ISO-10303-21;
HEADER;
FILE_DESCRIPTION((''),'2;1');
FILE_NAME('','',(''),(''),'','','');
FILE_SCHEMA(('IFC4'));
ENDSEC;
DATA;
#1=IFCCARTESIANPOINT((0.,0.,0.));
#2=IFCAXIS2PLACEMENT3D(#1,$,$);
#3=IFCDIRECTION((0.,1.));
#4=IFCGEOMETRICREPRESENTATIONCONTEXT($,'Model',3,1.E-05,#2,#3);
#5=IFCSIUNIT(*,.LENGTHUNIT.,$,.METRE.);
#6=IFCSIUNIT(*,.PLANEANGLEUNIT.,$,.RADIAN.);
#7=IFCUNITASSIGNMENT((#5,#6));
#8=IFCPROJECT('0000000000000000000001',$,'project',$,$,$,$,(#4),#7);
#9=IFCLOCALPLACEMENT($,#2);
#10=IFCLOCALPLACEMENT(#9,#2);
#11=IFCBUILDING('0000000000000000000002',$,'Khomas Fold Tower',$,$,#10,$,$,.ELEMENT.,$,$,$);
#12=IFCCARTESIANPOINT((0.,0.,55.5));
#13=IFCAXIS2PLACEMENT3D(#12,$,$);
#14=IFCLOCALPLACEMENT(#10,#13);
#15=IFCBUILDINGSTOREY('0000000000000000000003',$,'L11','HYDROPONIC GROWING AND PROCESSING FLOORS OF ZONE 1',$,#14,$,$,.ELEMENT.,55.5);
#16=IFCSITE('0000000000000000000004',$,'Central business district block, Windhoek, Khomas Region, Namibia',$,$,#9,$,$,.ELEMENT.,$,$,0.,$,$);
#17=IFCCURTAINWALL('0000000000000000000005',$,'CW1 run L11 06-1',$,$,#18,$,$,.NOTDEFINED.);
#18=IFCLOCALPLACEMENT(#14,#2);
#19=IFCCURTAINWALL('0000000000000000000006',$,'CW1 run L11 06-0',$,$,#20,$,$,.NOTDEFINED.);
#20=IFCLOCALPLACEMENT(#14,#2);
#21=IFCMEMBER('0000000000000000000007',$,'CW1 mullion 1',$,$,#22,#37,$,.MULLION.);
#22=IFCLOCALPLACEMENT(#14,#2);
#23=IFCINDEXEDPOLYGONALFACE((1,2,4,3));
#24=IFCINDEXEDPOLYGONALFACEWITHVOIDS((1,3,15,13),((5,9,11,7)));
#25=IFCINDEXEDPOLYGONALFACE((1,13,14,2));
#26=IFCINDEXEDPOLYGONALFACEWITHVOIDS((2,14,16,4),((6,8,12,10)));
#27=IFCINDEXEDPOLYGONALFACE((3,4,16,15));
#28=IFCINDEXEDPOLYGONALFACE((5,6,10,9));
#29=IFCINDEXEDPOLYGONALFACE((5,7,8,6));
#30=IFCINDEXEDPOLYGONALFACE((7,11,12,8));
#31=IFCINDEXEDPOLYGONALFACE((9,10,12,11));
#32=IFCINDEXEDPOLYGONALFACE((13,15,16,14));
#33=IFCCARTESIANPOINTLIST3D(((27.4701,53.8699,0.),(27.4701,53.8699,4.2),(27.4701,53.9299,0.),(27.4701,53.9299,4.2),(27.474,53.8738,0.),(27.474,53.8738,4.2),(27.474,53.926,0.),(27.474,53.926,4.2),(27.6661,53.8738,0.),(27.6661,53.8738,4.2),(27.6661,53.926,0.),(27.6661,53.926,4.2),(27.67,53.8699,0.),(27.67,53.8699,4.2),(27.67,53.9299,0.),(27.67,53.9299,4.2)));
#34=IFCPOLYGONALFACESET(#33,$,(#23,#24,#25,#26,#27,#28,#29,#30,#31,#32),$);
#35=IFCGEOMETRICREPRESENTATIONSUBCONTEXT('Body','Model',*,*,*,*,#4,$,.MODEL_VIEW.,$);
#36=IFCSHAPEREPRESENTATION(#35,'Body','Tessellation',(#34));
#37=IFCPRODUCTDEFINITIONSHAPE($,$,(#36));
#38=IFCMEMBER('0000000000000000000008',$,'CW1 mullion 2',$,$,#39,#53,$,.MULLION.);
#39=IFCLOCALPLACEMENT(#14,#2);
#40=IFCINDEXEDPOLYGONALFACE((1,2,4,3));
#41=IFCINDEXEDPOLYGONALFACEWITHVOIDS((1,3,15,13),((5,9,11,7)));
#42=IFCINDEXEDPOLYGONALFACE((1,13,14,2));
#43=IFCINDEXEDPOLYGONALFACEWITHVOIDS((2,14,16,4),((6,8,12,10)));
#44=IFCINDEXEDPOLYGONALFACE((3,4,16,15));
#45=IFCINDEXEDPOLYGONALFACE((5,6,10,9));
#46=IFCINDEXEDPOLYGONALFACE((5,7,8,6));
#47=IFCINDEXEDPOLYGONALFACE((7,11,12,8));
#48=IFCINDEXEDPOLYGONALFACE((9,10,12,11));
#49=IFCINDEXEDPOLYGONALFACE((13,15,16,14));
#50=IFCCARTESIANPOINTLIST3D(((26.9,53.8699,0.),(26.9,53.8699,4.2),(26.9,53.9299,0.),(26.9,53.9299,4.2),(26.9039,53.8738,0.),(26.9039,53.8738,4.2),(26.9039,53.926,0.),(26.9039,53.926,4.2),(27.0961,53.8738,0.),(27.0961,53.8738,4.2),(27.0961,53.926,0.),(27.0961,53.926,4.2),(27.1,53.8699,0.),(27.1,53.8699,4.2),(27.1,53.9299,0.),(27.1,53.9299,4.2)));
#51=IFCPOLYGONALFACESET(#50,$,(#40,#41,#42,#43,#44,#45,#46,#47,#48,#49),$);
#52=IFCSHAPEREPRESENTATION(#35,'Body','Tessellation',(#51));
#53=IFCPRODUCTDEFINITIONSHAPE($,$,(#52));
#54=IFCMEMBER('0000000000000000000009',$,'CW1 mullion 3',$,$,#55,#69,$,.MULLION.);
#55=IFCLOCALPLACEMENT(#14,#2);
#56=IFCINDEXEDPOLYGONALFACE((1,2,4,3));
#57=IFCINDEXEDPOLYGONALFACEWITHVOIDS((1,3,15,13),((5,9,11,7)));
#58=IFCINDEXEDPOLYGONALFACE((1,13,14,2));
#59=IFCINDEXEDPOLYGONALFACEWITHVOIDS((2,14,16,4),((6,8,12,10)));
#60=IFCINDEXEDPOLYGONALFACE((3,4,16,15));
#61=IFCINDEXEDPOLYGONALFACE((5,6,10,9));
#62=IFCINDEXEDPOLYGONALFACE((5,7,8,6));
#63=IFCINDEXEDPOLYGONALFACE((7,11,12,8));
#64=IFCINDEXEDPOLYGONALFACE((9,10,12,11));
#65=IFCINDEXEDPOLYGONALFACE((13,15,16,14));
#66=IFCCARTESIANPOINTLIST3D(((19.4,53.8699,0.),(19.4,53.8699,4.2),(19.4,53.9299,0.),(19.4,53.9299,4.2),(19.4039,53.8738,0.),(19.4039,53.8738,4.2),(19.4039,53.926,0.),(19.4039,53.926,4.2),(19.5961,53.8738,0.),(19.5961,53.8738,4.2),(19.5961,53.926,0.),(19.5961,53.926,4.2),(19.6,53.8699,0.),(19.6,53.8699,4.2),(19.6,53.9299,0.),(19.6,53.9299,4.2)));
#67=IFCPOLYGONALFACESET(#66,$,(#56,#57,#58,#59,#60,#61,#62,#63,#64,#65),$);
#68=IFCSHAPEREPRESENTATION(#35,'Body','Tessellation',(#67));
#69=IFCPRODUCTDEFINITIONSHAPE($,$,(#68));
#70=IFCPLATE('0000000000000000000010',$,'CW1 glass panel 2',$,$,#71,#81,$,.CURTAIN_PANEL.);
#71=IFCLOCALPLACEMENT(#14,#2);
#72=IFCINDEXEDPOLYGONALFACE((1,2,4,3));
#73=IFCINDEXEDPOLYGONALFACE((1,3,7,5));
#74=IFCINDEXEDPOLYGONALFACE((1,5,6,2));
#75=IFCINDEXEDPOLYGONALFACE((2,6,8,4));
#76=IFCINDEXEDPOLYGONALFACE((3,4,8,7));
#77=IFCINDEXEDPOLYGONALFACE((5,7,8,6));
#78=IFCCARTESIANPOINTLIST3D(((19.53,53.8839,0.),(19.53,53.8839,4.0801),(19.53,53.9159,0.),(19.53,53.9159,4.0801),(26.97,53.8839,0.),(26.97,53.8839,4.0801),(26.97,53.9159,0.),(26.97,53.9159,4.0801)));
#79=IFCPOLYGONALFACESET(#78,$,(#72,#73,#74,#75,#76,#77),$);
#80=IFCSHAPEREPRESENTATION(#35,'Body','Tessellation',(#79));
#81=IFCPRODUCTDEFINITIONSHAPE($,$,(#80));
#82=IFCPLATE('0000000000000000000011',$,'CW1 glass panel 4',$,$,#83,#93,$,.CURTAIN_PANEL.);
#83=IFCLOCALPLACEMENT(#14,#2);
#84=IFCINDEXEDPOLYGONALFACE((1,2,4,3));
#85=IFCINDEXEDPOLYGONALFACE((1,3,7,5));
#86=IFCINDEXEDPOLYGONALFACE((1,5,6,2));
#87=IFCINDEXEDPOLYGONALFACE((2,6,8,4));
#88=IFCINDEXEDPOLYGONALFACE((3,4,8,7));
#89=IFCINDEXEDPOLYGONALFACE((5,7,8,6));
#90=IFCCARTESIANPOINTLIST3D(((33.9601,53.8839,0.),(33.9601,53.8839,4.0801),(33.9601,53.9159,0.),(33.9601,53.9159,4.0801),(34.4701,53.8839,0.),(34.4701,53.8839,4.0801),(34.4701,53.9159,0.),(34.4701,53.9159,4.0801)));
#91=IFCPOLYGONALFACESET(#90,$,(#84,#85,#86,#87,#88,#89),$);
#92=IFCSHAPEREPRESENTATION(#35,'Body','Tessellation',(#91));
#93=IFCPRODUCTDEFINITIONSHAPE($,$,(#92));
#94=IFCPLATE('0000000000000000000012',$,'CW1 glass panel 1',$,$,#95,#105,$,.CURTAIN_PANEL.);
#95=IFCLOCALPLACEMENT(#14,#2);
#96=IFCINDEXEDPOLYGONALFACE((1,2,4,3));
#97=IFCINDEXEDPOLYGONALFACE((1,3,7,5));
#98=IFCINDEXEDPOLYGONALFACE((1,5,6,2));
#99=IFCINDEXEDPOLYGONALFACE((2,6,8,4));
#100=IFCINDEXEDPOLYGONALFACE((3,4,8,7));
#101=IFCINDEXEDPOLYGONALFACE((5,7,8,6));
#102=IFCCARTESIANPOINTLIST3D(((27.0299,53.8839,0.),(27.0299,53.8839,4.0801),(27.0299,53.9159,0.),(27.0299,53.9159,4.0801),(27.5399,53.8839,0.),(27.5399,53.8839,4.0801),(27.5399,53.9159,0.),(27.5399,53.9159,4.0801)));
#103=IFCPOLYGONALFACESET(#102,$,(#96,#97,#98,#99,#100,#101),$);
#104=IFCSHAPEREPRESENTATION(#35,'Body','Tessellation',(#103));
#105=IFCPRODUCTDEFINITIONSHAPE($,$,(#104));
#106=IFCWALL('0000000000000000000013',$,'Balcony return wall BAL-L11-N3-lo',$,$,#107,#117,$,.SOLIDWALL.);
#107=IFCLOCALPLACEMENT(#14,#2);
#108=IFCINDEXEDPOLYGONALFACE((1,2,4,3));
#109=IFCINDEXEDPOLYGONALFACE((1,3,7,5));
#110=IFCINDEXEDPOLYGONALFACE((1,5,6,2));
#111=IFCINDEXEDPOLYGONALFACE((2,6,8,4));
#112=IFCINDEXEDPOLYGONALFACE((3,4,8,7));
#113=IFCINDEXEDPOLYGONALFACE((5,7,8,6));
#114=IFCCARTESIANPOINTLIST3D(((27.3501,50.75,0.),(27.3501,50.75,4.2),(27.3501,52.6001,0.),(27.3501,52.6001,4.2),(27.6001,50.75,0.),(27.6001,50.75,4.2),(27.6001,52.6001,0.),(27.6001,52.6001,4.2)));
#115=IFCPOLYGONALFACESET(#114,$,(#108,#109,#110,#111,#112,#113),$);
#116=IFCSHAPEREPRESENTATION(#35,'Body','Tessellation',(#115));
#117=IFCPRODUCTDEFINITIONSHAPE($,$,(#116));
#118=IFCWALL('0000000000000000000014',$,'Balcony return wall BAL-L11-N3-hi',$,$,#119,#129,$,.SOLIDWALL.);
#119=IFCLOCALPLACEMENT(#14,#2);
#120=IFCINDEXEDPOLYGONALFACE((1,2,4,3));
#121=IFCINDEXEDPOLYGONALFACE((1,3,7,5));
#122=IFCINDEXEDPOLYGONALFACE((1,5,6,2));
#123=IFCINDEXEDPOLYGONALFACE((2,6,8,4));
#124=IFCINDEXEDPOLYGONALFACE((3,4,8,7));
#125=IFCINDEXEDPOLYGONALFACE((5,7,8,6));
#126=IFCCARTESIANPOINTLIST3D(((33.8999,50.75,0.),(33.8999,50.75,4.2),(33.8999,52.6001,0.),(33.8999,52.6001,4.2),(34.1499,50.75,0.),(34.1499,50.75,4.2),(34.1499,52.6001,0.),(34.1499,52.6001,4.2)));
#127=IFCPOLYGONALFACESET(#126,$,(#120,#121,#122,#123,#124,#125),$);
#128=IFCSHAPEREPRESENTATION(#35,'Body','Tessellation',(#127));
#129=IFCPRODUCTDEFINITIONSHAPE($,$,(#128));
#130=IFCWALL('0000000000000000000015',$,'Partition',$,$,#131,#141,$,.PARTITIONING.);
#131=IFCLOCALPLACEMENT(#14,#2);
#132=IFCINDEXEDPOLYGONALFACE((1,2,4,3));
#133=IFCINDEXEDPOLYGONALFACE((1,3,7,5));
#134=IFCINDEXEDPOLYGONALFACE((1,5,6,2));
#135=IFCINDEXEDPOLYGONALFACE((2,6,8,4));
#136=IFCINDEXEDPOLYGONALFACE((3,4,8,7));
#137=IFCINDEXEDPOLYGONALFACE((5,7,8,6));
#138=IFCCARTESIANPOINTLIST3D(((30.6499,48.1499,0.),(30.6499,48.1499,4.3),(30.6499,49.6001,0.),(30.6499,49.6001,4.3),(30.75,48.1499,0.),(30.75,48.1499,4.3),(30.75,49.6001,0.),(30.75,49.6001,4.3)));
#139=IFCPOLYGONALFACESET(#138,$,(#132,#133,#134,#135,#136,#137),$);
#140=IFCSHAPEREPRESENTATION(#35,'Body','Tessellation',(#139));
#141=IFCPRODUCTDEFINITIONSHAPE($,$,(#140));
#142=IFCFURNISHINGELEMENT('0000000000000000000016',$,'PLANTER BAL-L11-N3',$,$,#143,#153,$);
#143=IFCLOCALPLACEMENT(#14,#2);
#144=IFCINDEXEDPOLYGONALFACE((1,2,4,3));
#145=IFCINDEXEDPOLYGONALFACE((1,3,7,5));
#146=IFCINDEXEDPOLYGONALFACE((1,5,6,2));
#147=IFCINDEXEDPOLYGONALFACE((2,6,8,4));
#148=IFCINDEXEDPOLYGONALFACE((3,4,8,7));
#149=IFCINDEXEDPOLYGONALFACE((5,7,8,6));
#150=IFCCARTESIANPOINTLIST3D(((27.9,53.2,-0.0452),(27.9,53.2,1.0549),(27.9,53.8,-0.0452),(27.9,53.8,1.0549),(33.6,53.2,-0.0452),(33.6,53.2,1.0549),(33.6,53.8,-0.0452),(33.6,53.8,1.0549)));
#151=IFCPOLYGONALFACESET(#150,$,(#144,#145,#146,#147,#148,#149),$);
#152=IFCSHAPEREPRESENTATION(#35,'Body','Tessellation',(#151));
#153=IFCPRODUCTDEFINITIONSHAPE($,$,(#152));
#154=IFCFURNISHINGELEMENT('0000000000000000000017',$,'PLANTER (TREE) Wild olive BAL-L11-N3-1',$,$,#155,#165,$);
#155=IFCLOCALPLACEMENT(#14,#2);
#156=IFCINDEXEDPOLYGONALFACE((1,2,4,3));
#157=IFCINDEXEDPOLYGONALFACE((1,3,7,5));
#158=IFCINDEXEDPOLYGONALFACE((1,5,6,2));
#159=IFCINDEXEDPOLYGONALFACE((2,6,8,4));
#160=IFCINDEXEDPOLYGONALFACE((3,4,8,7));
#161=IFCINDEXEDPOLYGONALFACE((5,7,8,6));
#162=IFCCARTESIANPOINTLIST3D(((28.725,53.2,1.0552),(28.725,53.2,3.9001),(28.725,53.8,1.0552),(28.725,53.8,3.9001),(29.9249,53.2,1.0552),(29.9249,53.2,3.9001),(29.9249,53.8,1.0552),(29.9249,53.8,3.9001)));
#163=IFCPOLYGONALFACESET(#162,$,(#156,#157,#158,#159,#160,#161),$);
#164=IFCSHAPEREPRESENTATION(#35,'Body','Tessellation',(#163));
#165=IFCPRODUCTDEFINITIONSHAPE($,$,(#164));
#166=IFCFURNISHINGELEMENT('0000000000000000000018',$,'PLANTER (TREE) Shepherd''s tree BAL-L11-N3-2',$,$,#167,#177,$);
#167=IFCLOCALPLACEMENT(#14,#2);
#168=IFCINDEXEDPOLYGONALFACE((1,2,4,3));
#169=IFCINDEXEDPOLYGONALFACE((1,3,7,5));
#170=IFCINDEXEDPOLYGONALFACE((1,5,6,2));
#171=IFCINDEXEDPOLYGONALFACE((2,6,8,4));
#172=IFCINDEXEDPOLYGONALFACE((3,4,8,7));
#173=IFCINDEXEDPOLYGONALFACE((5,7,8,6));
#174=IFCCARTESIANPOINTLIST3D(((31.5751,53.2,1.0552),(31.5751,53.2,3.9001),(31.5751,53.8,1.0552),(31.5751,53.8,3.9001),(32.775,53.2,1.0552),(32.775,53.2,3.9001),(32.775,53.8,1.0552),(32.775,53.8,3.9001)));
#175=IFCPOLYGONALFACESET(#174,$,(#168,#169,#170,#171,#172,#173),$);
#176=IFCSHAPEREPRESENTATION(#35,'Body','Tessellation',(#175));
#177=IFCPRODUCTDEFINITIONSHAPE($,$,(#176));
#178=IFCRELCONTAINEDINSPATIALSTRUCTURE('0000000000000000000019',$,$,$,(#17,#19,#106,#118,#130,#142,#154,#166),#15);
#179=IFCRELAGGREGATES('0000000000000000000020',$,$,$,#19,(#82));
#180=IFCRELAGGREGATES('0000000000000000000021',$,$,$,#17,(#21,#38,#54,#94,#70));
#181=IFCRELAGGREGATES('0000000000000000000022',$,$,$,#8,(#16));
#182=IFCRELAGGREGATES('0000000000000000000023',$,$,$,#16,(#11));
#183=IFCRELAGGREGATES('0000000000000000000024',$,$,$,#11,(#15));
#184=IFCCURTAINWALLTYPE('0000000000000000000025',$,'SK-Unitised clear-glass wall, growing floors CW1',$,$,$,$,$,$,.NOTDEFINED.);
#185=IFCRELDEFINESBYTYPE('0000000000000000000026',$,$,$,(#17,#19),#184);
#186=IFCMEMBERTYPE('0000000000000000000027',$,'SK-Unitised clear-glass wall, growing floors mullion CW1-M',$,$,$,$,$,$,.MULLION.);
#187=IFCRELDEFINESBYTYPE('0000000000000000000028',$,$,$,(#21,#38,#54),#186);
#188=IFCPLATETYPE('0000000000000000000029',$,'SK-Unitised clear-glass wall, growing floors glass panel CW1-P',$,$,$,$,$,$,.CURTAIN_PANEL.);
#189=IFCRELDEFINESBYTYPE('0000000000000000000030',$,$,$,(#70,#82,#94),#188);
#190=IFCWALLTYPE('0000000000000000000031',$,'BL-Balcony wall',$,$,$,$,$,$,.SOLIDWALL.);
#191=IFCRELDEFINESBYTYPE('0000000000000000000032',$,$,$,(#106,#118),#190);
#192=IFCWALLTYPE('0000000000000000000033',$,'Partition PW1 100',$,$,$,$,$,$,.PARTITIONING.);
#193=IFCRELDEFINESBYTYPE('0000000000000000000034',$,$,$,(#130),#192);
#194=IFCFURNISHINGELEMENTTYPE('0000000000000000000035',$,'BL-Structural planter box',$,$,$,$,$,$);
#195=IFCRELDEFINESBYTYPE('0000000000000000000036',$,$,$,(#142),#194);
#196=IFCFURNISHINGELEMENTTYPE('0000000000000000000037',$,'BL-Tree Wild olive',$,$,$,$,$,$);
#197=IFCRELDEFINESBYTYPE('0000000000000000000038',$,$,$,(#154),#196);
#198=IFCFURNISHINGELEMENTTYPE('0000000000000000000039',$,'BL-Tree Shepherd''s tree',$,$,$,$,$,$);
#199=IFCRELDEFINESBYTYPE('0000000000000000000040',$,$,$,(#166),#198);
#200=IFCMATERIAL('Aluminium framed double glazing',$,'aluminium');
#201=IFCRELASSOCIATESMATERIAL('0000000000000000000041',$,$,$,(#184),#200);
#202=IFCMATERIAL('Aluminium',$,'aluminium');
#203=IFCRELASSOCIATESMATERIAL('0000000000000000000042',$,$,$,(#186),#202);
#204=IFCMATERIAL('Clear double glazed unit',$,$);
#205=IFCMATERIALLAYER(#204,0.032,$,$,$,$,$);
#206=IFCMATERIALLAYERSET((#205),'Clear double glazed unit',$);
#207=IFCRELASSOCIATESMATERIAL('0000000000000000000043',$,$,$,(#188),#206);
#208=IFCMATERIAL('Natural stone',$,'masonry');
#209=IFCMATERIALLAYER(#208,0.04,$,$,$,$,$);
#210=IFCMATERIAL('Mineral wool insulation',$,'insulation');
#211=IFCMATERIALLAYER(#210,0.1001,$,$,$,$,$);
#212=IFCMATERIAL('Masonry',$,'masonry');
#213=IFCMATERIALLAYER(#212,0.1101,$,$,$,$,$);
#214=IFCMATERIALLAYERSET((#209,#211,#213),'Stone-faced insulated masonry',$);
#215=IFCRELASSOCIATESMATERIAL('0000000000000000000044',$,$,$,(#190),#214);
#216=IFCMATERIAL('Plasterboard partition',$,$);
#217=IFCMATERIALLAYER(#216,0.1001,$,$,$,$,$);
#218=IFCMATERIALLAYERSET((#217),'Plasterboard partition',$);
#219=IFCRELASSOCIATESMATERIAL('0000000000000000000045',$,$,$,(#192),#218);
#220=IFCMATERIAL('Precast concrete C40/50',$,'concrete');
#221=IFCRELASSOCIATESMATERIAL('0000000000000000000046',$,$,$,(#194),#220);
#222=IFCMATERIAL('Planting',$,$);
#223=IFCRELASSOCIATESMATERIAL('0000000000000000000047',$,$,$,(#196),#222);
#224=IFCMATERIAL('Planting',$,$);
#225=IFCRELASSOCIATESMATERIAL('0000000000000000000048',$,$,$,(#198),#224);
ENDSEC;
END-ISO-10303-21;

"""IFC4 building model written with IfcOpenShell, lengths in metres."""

from ifc_helpers import new_model, si_unit, direction, frame, frame_2d, origin, origin_2d, place, context, subcontext, project, spatial, rectangle, hollow_rectangle, extrude, source, transform, mapped, material, layer, layer_set, material_profile, profile_set, type_object, element, aggregate, save


model = new_model("IFC4")

# Units and contexts
model_context = context("Model", 3, precision=1e-05, world=origin(), true_north=direction((0.0, 1.0)))
body_context = subcontext(model_context, "Body", "Model", "MODEL_VIEW")
ifc_project = project(units=[si_unit("LENGTHUNIT", "METRE"), si_unit("PLANEANGLEUNIT", "RADIAN")], contexts=[model_context])

# Site, building, storey
site_placement = place(None, origin())
site = spatial("IfcSite", under=ifc_project, at=site_placement, Name="Central business district block, Windhoek, Khomas Region, Namibia", CompositionType="ELEMENT", RefElevation=0.0)
building_placement = place(site_placement, origin())
building = spatial("IfcBuilding", under=site, at=building_placement, Name="Khomas Fold Tower", CompositionType="ELEMENT")
storey_placement = place(building_placement, frame((0.0, 0.0, 55.5)))
storey = spatial("IfcBuildingStorey", under=building, at=storey_placement, Name="L11", Description="HYDROPONIC GROWING AND PROCESSING FLOORS OF ZONE 1", CompositionType="ELEMENT", Elevation=55.5)

# Curtain walls
ifc_material_1 = material(Name="Aluminium framed double glazing", Category="aluminium")
curtain_wall_type = type_object("IfcCurtainWallType", Name="SK-Unitised clear-glass wall, growing floors CW1", PredefinedType="NOTDEFINED", material=ifc_material_1)
curtain_wall_1_placement = place(storey_placement, origin())
curtain_wall_1 = element("IfcCurtainWall", 1, at=curtain_wall_1_placement, inside=storey, type_object=curtain_wall_type, Name="CW1 run L11 06-1", PredefinedType="NOTDEFINED")
curtain_wall_2_placement = place(storey_placement, origin())
curtain_wall_2 = element("IfcCurtainWall", 2, at=curtain_wall_2_placement, inside=storey, type_object=curtain_wall_type, Name="CW1 run L11 06-0", PredefinedType="NOTDEFINED")

# Members
ifc_material_2 = material(Name="Aluminium", Category="aluminium")
ifc_material_profile_1 = material_profile(ifc_material_2, hollow_rectangle(XDim=0.0601, YDim=0.2, WallThickness=0.0039, at=origin_2d()), Name="SK-Unitised clear-glass wall, growing floors mullion CW1-M")
ifc_profile_set_1 = profile_set([ifc_material_profile_1], Name="Aluminium")
member_type_1 = type_object("IfcMemberType", Name="SK-Unitised clear-glass wall, growing floors mullion CW1-M", PredefinedType="MULLION", material=ifc_profile_set_1)
shared_shape_1 = source(origin(), body_context, "Body", "SweptSolid", [
    extrude(hollow_rectangle(XDim=0.0601, YDim=0.2, WallThickness=0.0039, at=origin_2d()), origin(), (0.0, 0.0, 1.0), 4.2),
])
member_1_placement = place(storey_placement, frame((27.5701, 53.8999, 0.0), z_axis=(0.0, 0.0, 1.0), x_axis=(0.0, -1.0, 0.0)))
member_1 = element("IfcMember", 3, at=member_1_placement, type_object=member_type_1, Name="CW1 mullion 1", PredefinedType="MULLION", context=body_context, shape_type="MappedRepresentation", body=[
    mapped(shared_shape_1, transform((0.0, 0.0, 0.0))),
])
member_2_placement = place(storey_placement, frame((27.0, 53.8999, 0.0), z_axis=(0.0, 0.0, 1.0), x_axis=(0.0, -1.0, 0.0)))
member_2 = element("IfcMember", 4, at=member_2_placement, type_object=member_type_1, Name="CW1 mullion 2", PredefinedType="MULLION", context=body_context, shape_type="MappedRepresentation", body=[
    mapped(shared_shape_1, transform((0.0, 0.0, 0.0))),
])
member_3_placement = place(storey_placement, frame((19.5, 53.8999, 0.0), z_axis=(0.0, 0.0, 1.0), x_axis=(0.0, -1.0, 0.0)))
member_3 = element("IfcMember", 5, at=member_3_placement, type_object=member_type_1, Name="CW1 mullion 3", PredefinedType="MULLION", context=body_context, shape_type="MappedRepresentation", body=[
    mapped(shared_shape_1, transform((0.0, 0.0, 0.0))),
])

# Plates
ifc_material_3 = material(Name="Clear double glazed unit")
ifc_layer_1 = layer(ifc_material_3, 0.032)
ifc_layer_set_1 = layer_set([ifc_layer_1], Name="Clear double glazed unit")
plate_type = type_object("IfcPlateType", Name="SK-Unitised clear-glass wall, growing floors glass panel CW1-P", PredefinedType="CURTAIN_PANEL", material=ifc_layer_set_1)
shared_shape_2 = source(origin(), body_context, "Body", "SweptSolid", [
    extrude(rectangle(XDim=7.4399, YDim=0.032, at=origin_2d()), origin(), (0.0, 0.0, 1.0), 4.0801),
])
plate_1_placement = place(storey_placement, frame((23.25, 53.8999, 0.0), z_axis=(0.0, 0.0, 1.0), x_axis=(-1.0, 0.0, 0.0)))
plate_1 = element("IfcPlate", 6, at=plate_1_placement, type_object=plate_type, Name="CW1 glass panel 2", PredefinedType="CURTAIN_PANEL", context=body_context, shape_type="MappedRepresentation", body=[
    mapped(shared_shape_2, transform((0.0, 0.0, 0.0))),
])
shared_shape_3 = source(origin(), body_context, "Body", "SweptSolid", [
    extrude(rectangle(XDim=0.51, YDim=0.032, at=origin_2d()), origin(), (0.0, 0.0, 1.0), 4.0801),
])
plate_2_placement = place(storey_placement, frame((34.2151, 53.8999, 0.0), z_axis=(0.0, 0.0, 1.0), x_axis=(-1.0, 0.0, 0.0)))
plate_2 = element("IfcPlate", 7, at=plate_2_placement, type_object=plate_type, Name="CW1 glass panel 4", PredefinedType="CURTAIN_PANEL", context=body_context, shape_type="MappedRepresentation", body=[
    mapped(shared_shape_3, transform((0.0, 0.0, 0.0))),
])
aggregate(curtain_wall_2, [plate_2])
plate_3_placement = place(storey_placement, frame((27.2849, 53.8999, 0.0), z_axis=(0.0, 0.0, 1.0), x_axis=(-1.0, 0.0, 0.0)))
plate_3 = element("IfcPlate", 8, at=plate_3_placement, type_object=plate_type, Name="CW1 glass panel 1", PredefinedType="CURTAIN_PANEL", context=body_context, shape_type="MappedRepresentation", body=[
    mapped(shared_shape_3, transform((0.0, 0.0, 0.0))),
])
aggregate(curtain_wall_1, [member_1, member_2, member_3, plate_3, plate_1])

# Shared definitions
ifc_material_4 = material(Name="Natural stone", Category="masonry")
ifc_layer_2 = layer(ifc_material_4, 0.04)
ifc_material_5 = material(Name="Mineral wool insulation", Category="insulation")
ifc_layer_3 = layer(ifc_material_5, 0.1001)
ifc_material_6 = material(Name="Masonry", Category="masonry")
ifc_layer_4 = layer(ifc_material_6, 0.1101)
ifc_layer_set_2 = layer_set([ifc_layer_2, ifc_layer_3, ifc_layer_4], Name="Stone-faced insulated masonry")
wall_type_1 = type_object("IfcWallType", Name="BL-Balcony wall", PredefinedType="SOLIDWALL", material=ifc_layer_set_2)

# Walls
shared_shape_4 = source(origin(), body_context, "Body", "SweptSolid", [
    extrude(rectangle(XDim=1.8501, YDim=0.25, at=frame_2d((0.925, 0.0))), origin(), (0.0, 0.0, 1.0), 4.2),
])
for number, where, z_axis, x_axis, name in (
    (9, (27.4751, 52.6001, 0.0), (0.0, 0.0, 1.0), (0.0, -1.0, 0.0), "Balcony return wall BAL-L11-N3-lo"),
    (10, (34.0249, 52.6001, 0.0), (0.0, 0.0, 1.0), (0.0, -1.0, 0.0), "Balcony return wall BAL-L11-N3-hi"),
):
    element("IfcWall", number, at=place(storey_placement, frame(where, z_axis=z_axis, x_axis=x_axis)), inside=storey, type_object=wall_type_1, Name=name, PredefinedType="SOLIDWALL", context=body_context, shape_type="MappedRepresentation", body=[
        mapped(shared_shape_4, transform((0.0, 0.0, 0.0))),
    ])
ifc_material_7 = material(Name="Plasterboard partition")
ifc_layer_5 = layer(ifc_material_7, 0.1001)
ifc_layer_set_3 = layer_set([ifc_layer_5], Name="Plasterboard partition")
wall_type_2 = type_object("IfcWallType", Name="Partition PW1 100", PredefinedType="PARTITIONING", material=ifc_layer_set_3)
shared_shape_5 = source(origin(), body_context, "Body", "SweptSolid", [
    extrude(rectangle(XDim=1.4502, YDim=0.1001, at=frame_2d((0.7251, 0.0))), origin(), (0.0, 0.0, 1.0), 4.3),
])
wall_1_placement = place(storey_placement, frame((30.7, 48.1499, 0.0), z_axis=(0.0, 0.0, 1.0), x_axis=(0.0, 1.0, 0.0)))
element("IfcWall", 11, at=wall_1_placement, inside=storey, type_object=wall_type_2, Name="Partition", PredefinedType="PARTITIONING", context=body_context, shape_type="MappedRepresentation", body=[
    mapped(shared_shape_5, transform((0.0, 0.0, 0.0))),
])

# Furnishing elements
ifc_material_8 = material(Name="Precast concrete C40/50", Category="concrete")
furnishing_element_type_1 = type_object("IfcFurnishingElementType", Name="BL-Structural planter box", material=ifc_material_8)
shared_shape_6 = source(origin(), body_context, "Body", "SweptSolid", [
    extrude(rectangle(XDim=5.7, YDim=0.6001, at=origin_2d()), origin(), (0.0, 0.0, 1.0), 1.1001),
])
furnishing_1_placement = place(storey_placement, frame((30.75, 53.5, -0.0452), z_axis=(0.0, 0.0, 1.0), x_axis=(1.0, 0.0, 0.0)))
element("IfcFurnishingElement", 12, at=furnishing_1_placement, inside=storey, type_object=furnishing_element_type_1, Name="PLANTER BAL-L11-N3", context=body_context, shape_type="MappedRepresentation", body=[
    mapped(shared_shape_6, transform((0.0, 0.0, 0.0))),
])
ifc_material_9 = material(Name="Planting")
furnishing_element_type_2 = type_object("IfcFurnishingElementType", Name="BL-Tree Wild olive", material=ifc_material_9)
shared_shape_7 = source(origin(), body_context, "Body", "SweptSolid", [
    extrude(rectangle(XDim=1.2, YDim=0.6001, at=origin_2d()), origin(), (0.0, 0.0, 1.0), 2.845),
])
furnishing_2_placement = place(storey_placement, frame((29.325, 53.5, 1.0552), z_axis=(0.0, 0.0, 1.0), x_axis=(1.0, 0.0, 0.0)))
element("IfcFurnishingElement", 13, at=furnishing_2_placement, inside=storey, type_object=furnishing_element_type_2, Name="PLANTER (TREE) Wild olive BAL-L11-N3-1", context=body_context, shape_type="MappedRepresentation", body=[
    mapped(shared_shape_7, transform((0.0, 0.0, 0.0))),
])
ifc_material_10 = material(Name="Planting")
furnishing_element_type_3 = type_object("IfcFurnishingElementType", Name="BL-Tree Shepherd's tree", material=ifc_material_10)
furnishing_3_placement = place(storey_placement, frame((32.175, 53.5, 1.0552), z_axis=(0.0, 0.0, 1.0), x_axis=(1.0, 0.0, 0.0)))
element("IfcFurnishingElement", 14, at=furnishing_3_placement, inside=storey, type_object=furnishing_element_type_3, Name="PLANTER (TREE) Shepherd's tree BAL-L11-N3-2", context=body_context, shape_type="MappedRepresentation", body=[
    mapped(shared_shape_7, transform((0.0, 0.0, 0.0))),
])

save(model, "model.ifc")
